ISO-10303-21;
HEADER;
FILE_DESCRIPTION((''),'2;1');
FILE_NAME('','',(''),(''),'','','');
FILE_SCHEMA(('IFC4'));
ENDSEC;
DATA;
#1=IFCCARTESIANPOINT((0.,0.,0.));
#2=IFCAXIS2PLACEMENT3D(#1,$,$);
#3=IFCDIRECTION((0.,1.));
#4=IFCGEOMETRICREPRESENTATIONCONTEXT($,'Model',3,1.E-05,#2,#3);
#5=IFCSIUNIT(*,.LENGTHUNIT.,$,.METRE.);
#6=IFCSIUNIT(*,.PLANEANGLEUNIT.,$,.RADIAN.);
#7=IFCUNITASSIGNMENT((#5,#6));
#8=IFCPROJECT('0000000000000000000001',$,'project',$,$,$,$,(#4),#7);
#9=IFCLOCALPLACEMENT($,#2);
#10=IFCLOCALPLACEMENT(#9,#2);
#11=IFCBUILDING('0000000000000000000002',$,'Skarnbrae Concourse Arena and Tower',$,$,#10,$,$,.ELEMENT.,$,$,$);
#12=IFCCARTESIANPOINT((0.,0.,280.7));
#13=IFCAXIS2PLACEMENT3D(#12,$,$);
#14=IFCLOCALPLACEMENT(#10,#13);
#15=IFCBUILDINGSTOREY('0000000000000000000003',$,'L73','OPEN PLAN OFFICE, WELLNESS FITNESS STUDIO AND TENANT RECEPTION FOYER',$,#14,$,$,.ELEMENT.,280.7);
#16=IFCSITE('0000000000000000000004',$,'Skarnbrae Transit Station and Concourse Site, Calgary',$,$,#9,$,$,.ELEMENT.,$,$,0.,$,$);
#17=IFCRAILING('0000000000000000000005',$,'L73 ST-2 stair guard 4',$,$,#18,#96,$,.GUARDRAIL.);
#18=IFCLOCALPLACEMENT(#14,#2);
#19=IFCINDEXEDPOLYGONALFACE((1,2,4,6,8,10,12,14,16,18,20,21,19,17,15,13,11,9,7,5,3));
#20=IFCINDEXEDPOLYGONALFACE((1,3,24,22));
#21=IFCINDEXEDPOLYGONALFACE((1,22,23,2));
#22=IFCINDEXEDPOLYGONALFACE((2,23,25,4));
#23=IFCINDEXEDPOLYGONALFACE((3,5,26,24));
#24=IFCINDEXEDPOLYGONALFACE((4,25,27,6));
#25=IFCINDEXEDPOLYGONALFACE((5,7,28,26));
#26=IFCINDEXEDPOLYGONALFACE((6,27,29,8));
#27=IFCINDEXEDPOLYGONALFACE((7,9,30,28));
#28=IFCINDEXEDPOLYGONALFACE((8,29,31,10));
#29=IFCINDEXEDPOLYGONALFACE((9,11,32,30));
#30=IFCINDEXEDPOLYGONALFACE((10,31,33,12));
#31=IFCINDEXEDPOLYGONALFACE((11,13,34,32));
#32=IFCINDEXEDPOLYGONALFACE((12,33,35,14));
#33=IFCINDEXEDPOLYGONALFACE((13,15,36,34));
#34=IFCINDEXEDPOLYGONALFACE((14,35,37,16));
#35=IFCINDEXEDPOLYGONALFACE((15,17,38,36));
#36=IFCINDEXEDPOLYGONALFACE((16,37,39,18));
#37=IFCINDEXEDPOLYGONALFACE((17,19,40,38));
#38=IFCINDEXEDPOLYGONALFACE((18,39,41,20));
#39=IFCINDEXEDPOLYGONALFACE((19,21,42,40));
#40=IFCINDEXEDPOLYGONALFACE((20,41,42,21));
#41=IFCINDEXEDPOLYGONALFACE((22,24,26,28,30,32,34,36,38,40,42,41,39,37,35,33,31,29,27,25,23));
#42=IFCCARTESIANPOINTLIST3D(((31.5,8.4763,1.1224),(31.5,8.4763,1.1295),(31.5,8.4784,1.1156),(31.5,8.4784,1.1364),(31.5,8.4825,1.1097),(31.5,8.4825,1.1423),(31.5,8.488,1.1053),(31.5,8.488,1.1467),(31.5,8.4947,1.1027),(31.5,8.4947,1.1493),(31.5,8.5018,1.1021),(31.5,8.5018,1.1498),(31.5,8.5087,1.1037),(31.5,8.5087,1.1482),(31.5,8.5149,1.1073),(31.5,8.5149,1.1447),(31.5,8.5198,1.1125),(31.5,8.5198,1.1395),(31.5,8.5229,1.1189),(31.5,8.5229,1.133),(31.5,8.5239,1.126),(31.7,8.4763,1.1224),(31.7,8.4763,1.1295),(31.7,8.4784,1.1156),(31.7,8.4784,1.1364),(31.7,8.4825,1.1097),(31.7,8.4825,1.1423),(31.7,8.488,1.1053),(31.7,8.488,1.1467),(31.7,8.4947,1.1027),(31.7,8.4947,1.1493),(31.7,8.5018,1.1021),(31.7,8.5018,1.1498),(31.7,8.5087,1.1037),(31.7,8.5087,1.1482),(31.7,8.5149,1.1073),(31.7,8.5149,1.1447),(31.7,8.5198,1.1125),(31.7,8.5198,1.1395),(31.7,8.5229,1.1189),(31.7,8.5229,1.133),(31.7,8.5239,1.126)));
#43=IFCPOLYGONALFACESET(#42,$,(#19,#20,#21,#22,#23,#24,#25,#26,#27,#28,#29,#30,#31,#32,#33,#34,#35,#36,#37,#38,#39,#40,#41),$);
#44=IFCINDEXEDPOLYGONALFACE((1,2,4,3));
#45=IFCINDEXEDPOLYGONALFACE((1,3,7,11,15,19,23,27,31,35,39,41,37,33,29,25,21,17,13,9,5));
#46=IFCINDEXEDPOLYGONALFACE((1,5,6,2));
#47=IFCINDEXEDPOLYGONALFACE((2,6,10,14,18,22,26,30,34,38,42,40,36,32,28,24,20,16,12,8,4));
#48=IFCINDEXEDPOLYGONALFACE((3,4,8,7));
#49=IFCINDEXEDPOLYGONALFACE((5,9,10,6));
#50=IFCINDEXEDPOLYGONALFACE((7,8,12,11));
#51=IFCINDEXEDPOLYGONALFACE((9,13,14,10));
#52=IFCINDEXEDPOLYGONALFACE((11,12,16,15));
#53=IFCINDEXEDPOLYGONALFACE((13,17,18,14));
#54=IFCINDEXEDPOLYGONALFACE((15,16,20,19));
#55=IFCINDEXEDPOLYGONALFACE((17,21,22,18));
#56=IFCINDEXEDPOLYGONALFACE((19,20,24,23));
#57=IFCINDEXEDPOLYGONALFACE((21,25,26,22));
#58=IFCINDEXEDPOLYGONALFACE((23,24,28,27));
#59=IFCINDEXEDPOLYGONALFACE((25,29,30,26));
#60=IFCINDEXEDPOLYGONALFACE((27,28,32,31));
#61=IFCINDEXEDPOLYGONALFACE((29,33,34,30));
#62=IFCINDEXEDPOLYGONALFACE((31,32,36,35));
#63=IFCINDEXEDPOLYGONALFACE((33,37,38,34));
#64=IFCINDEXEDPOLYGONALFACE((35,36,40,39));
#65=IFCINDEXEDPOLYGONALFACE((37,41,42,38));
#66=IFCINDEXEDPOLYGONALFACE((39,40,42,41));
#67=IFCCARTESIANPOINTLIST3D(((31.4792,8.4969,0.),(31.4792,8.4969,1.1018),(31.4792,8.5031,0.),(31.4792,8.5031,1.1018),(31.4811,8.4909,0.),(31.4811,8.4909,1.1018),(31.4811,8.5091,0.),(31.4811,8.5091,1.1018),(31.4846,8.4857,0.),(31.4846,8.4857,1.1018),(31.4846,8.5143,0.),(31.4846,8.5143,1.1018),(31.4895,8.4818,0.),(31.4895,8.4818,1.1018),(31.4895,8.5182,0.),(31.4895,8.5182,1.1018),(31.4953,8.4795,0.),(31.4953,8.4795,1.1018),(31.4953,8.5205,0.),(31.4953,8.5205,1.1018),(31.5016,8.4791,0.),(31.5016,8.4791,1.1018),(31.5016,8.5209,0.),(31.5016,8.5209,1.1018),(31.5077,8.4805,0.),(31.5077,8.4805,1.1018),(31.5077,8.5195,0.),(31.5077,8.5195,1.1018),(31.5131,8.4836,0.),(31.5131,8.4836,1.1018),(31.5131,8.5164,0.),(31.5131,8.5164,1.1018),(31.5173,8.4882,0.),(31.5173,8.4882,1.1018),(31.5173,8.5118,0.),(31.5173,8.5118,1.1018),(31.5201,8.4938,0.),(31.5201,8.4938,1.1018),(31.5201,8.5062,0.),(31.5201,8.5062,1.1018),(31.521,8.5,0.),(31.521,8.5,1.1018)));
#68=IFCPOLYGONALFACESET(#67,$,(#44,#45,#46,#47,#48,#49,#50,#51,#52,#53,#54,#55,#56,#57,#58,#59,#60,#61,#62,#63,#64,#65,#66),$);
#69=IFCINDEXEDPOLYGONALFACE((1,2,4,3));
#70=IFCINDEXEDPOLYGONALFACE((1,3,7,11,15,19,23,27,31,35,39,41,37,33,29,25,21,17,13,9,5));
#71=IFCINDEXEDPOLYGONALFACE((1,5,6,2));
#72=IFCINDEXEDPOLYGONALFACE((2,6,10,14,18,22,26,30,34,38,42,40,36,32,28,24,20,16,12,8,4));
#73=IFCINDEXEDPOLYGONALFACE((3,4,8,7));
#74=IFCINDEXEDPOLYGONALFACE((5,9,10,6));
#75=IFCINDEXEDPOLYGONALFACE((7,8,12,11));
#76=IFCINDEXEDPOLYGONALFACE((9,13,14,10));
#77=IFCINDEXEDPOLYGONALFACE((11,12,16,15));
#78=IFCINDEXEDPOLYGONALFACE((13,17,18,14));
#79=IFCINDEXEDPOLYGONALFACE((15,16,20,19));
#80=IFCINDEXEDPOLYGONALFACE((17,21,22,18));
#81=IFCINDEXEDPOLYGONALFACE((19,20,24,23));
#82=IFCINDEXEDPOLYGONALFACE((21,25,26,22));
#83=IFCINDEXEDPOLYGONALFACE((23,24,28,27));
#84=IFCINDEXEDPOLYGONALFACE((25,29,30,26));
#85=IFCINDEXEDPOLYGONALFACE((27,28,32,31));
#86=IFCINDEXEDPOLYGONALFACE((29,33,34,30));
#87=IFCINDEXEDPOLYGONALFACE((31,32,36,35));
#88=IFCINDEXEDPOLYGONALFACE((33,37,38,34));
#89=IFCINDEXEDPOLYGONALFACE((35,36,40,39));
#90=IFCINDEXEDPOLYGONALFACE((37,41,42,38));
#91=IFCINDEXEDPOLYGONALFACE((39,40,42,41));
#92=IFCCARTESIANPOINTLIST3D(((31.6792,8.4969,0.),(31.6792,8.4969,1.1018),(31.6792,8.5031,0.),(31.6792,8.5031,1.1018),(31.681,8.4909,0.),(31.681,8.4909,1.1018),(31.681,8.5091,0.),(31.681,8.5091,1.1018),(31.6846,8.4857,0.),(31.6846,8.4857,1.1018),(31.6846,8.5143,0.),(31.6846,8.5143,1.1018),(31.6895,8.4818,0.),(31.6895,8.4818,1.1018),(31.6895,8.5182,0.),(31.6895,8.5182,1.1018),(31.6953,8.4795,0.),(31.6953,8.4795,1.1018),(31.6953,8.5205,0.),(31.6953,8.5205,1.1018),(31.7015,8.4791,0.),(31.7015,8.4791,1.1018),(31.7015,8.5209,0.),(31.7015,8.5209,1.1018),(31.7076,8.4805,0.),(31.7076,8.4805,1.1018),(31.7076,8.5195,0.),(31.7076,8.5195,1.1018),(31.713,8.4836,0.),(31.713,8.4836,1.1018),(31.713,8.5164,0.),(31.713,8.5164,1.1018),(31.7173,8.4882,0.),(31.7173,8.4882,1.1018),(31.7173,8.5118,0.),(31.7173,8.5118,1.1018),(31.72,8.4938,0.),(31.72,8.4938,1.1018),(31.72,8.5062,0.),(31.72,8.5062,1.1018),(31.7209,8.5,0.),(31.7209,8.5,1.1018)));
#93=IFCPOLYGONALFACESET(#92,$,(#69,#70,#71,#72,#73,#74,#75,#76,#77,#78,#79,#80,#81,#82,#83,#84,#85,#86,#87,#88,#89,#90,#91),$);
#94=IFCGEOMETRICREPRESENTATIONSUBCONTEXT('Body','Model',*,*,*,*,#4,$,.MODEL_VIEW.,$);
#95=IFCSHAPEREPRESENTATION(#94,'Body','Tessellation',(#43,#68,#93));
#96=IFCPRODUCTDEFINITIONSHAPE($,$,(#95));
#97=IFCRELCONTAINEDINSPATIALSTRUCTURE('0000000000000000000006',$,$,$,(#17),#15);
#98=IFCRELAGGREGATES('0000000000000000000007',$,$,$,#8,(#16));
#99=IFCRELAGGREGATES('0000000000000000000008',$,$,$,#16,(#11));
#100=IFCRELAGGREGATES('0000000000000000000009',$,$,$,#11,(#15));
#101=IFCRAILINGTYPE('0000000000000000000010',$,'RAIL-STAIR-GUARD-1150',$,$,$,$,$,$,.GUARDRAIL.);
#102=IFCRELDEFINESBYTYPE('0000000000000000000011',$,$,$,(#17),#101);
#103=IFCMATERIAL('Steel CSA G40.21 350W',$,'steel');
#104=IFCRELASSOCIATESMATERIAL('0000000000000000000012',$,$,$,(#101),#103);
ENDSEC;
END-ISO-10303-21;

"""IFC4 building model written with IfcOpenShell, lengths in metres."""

from ifc_helpers import new_model, si_unit, direction, frame, origin, origin_2d, place, context, subcontext, project, spatial, circle, extrude, material, type_object, element, save


model = new_model("IFC4")

# Units and contexts
model_context = context("Model", 3, precision=1e-05, world=origin(), true_north=direction((0.0, 1.0)))
body_context = subcontext(model_context, "Body", "Model", "MODEL_VIEW")
ifc_project = project(units=[si_unit("LENGTHUNIT", "METRE"), si_unit("PLANEANGLEUNIT", "RADIAN")], contexts=[model_context])

# Site, building, storey
site_placement = place(None, origin())
site = spatial("IfcSite", under=ifc_project, at=site_placement, Name="Skarnbrae Transit Station and Concourse Site, Calgary", CompositionType="ELEMENT", RefElevation=0.0)
building_placement = place(site_placement, origin())
building = spatial("IfcBuilding", under=site, at=building_placement, Name="Skarnbrae Concourse Arena and Tower", CompositionType="ELEMENT")
storey_placement = place(building_placement, frame((0.0, 0.0, 280.7)))
storey = spatial("IfcBuildingStorey", under=building, at=storey_placement, Name="L73", Description="OPEN PLAN OFFICE, WELLNESS FITNESS STUDIO AND TENANT RECEPTION FOYER", CompositionType="ELEMENT", Elevation=280.7)

# Shared definitions
ifc_material_1 = material(Name="Steel CSA G40.21 350W", Category="steel")

# Railing
railing_type = type_object("IfcRailingType", Name="RAIL-STAIR-GUARD-1150", PredefinedType="GUARDRAIL", material=ifc_material_1)
railing_1_placement = place(storey_placement, frame((31.5, 8.5, 0.0)))
element("IfcRailing", 1, at=railing_1_placement, inside=storey, type_object=railing_type, Name="L73 ST-2 stair guard 4", PredefinedType="GUARDRAIL", context=body_context, shape_type="SweptSolid", body=[
    extrude(circle(Radius=0.0239, at=origin_2d()), frame((0.0, 0.0, 1.126), z_axis=(1.0, 0.0, 0.0), x_axis=(0.0, 1.0, 0.0)), (0.0, 0.0, 1.0), 0.2),
    extrude(circle(Radius=0.021, at=origin_2d()), origin(), (0.0, 0.0, 1.0), 1.1018),
    extrude(circle(Radius=0.021, at=origin_2d()), frame((0.2, 0.0, 0.0)), (0.0, 0.0, 1.0), 1.1018),
])

save(model, "model.ifc")
